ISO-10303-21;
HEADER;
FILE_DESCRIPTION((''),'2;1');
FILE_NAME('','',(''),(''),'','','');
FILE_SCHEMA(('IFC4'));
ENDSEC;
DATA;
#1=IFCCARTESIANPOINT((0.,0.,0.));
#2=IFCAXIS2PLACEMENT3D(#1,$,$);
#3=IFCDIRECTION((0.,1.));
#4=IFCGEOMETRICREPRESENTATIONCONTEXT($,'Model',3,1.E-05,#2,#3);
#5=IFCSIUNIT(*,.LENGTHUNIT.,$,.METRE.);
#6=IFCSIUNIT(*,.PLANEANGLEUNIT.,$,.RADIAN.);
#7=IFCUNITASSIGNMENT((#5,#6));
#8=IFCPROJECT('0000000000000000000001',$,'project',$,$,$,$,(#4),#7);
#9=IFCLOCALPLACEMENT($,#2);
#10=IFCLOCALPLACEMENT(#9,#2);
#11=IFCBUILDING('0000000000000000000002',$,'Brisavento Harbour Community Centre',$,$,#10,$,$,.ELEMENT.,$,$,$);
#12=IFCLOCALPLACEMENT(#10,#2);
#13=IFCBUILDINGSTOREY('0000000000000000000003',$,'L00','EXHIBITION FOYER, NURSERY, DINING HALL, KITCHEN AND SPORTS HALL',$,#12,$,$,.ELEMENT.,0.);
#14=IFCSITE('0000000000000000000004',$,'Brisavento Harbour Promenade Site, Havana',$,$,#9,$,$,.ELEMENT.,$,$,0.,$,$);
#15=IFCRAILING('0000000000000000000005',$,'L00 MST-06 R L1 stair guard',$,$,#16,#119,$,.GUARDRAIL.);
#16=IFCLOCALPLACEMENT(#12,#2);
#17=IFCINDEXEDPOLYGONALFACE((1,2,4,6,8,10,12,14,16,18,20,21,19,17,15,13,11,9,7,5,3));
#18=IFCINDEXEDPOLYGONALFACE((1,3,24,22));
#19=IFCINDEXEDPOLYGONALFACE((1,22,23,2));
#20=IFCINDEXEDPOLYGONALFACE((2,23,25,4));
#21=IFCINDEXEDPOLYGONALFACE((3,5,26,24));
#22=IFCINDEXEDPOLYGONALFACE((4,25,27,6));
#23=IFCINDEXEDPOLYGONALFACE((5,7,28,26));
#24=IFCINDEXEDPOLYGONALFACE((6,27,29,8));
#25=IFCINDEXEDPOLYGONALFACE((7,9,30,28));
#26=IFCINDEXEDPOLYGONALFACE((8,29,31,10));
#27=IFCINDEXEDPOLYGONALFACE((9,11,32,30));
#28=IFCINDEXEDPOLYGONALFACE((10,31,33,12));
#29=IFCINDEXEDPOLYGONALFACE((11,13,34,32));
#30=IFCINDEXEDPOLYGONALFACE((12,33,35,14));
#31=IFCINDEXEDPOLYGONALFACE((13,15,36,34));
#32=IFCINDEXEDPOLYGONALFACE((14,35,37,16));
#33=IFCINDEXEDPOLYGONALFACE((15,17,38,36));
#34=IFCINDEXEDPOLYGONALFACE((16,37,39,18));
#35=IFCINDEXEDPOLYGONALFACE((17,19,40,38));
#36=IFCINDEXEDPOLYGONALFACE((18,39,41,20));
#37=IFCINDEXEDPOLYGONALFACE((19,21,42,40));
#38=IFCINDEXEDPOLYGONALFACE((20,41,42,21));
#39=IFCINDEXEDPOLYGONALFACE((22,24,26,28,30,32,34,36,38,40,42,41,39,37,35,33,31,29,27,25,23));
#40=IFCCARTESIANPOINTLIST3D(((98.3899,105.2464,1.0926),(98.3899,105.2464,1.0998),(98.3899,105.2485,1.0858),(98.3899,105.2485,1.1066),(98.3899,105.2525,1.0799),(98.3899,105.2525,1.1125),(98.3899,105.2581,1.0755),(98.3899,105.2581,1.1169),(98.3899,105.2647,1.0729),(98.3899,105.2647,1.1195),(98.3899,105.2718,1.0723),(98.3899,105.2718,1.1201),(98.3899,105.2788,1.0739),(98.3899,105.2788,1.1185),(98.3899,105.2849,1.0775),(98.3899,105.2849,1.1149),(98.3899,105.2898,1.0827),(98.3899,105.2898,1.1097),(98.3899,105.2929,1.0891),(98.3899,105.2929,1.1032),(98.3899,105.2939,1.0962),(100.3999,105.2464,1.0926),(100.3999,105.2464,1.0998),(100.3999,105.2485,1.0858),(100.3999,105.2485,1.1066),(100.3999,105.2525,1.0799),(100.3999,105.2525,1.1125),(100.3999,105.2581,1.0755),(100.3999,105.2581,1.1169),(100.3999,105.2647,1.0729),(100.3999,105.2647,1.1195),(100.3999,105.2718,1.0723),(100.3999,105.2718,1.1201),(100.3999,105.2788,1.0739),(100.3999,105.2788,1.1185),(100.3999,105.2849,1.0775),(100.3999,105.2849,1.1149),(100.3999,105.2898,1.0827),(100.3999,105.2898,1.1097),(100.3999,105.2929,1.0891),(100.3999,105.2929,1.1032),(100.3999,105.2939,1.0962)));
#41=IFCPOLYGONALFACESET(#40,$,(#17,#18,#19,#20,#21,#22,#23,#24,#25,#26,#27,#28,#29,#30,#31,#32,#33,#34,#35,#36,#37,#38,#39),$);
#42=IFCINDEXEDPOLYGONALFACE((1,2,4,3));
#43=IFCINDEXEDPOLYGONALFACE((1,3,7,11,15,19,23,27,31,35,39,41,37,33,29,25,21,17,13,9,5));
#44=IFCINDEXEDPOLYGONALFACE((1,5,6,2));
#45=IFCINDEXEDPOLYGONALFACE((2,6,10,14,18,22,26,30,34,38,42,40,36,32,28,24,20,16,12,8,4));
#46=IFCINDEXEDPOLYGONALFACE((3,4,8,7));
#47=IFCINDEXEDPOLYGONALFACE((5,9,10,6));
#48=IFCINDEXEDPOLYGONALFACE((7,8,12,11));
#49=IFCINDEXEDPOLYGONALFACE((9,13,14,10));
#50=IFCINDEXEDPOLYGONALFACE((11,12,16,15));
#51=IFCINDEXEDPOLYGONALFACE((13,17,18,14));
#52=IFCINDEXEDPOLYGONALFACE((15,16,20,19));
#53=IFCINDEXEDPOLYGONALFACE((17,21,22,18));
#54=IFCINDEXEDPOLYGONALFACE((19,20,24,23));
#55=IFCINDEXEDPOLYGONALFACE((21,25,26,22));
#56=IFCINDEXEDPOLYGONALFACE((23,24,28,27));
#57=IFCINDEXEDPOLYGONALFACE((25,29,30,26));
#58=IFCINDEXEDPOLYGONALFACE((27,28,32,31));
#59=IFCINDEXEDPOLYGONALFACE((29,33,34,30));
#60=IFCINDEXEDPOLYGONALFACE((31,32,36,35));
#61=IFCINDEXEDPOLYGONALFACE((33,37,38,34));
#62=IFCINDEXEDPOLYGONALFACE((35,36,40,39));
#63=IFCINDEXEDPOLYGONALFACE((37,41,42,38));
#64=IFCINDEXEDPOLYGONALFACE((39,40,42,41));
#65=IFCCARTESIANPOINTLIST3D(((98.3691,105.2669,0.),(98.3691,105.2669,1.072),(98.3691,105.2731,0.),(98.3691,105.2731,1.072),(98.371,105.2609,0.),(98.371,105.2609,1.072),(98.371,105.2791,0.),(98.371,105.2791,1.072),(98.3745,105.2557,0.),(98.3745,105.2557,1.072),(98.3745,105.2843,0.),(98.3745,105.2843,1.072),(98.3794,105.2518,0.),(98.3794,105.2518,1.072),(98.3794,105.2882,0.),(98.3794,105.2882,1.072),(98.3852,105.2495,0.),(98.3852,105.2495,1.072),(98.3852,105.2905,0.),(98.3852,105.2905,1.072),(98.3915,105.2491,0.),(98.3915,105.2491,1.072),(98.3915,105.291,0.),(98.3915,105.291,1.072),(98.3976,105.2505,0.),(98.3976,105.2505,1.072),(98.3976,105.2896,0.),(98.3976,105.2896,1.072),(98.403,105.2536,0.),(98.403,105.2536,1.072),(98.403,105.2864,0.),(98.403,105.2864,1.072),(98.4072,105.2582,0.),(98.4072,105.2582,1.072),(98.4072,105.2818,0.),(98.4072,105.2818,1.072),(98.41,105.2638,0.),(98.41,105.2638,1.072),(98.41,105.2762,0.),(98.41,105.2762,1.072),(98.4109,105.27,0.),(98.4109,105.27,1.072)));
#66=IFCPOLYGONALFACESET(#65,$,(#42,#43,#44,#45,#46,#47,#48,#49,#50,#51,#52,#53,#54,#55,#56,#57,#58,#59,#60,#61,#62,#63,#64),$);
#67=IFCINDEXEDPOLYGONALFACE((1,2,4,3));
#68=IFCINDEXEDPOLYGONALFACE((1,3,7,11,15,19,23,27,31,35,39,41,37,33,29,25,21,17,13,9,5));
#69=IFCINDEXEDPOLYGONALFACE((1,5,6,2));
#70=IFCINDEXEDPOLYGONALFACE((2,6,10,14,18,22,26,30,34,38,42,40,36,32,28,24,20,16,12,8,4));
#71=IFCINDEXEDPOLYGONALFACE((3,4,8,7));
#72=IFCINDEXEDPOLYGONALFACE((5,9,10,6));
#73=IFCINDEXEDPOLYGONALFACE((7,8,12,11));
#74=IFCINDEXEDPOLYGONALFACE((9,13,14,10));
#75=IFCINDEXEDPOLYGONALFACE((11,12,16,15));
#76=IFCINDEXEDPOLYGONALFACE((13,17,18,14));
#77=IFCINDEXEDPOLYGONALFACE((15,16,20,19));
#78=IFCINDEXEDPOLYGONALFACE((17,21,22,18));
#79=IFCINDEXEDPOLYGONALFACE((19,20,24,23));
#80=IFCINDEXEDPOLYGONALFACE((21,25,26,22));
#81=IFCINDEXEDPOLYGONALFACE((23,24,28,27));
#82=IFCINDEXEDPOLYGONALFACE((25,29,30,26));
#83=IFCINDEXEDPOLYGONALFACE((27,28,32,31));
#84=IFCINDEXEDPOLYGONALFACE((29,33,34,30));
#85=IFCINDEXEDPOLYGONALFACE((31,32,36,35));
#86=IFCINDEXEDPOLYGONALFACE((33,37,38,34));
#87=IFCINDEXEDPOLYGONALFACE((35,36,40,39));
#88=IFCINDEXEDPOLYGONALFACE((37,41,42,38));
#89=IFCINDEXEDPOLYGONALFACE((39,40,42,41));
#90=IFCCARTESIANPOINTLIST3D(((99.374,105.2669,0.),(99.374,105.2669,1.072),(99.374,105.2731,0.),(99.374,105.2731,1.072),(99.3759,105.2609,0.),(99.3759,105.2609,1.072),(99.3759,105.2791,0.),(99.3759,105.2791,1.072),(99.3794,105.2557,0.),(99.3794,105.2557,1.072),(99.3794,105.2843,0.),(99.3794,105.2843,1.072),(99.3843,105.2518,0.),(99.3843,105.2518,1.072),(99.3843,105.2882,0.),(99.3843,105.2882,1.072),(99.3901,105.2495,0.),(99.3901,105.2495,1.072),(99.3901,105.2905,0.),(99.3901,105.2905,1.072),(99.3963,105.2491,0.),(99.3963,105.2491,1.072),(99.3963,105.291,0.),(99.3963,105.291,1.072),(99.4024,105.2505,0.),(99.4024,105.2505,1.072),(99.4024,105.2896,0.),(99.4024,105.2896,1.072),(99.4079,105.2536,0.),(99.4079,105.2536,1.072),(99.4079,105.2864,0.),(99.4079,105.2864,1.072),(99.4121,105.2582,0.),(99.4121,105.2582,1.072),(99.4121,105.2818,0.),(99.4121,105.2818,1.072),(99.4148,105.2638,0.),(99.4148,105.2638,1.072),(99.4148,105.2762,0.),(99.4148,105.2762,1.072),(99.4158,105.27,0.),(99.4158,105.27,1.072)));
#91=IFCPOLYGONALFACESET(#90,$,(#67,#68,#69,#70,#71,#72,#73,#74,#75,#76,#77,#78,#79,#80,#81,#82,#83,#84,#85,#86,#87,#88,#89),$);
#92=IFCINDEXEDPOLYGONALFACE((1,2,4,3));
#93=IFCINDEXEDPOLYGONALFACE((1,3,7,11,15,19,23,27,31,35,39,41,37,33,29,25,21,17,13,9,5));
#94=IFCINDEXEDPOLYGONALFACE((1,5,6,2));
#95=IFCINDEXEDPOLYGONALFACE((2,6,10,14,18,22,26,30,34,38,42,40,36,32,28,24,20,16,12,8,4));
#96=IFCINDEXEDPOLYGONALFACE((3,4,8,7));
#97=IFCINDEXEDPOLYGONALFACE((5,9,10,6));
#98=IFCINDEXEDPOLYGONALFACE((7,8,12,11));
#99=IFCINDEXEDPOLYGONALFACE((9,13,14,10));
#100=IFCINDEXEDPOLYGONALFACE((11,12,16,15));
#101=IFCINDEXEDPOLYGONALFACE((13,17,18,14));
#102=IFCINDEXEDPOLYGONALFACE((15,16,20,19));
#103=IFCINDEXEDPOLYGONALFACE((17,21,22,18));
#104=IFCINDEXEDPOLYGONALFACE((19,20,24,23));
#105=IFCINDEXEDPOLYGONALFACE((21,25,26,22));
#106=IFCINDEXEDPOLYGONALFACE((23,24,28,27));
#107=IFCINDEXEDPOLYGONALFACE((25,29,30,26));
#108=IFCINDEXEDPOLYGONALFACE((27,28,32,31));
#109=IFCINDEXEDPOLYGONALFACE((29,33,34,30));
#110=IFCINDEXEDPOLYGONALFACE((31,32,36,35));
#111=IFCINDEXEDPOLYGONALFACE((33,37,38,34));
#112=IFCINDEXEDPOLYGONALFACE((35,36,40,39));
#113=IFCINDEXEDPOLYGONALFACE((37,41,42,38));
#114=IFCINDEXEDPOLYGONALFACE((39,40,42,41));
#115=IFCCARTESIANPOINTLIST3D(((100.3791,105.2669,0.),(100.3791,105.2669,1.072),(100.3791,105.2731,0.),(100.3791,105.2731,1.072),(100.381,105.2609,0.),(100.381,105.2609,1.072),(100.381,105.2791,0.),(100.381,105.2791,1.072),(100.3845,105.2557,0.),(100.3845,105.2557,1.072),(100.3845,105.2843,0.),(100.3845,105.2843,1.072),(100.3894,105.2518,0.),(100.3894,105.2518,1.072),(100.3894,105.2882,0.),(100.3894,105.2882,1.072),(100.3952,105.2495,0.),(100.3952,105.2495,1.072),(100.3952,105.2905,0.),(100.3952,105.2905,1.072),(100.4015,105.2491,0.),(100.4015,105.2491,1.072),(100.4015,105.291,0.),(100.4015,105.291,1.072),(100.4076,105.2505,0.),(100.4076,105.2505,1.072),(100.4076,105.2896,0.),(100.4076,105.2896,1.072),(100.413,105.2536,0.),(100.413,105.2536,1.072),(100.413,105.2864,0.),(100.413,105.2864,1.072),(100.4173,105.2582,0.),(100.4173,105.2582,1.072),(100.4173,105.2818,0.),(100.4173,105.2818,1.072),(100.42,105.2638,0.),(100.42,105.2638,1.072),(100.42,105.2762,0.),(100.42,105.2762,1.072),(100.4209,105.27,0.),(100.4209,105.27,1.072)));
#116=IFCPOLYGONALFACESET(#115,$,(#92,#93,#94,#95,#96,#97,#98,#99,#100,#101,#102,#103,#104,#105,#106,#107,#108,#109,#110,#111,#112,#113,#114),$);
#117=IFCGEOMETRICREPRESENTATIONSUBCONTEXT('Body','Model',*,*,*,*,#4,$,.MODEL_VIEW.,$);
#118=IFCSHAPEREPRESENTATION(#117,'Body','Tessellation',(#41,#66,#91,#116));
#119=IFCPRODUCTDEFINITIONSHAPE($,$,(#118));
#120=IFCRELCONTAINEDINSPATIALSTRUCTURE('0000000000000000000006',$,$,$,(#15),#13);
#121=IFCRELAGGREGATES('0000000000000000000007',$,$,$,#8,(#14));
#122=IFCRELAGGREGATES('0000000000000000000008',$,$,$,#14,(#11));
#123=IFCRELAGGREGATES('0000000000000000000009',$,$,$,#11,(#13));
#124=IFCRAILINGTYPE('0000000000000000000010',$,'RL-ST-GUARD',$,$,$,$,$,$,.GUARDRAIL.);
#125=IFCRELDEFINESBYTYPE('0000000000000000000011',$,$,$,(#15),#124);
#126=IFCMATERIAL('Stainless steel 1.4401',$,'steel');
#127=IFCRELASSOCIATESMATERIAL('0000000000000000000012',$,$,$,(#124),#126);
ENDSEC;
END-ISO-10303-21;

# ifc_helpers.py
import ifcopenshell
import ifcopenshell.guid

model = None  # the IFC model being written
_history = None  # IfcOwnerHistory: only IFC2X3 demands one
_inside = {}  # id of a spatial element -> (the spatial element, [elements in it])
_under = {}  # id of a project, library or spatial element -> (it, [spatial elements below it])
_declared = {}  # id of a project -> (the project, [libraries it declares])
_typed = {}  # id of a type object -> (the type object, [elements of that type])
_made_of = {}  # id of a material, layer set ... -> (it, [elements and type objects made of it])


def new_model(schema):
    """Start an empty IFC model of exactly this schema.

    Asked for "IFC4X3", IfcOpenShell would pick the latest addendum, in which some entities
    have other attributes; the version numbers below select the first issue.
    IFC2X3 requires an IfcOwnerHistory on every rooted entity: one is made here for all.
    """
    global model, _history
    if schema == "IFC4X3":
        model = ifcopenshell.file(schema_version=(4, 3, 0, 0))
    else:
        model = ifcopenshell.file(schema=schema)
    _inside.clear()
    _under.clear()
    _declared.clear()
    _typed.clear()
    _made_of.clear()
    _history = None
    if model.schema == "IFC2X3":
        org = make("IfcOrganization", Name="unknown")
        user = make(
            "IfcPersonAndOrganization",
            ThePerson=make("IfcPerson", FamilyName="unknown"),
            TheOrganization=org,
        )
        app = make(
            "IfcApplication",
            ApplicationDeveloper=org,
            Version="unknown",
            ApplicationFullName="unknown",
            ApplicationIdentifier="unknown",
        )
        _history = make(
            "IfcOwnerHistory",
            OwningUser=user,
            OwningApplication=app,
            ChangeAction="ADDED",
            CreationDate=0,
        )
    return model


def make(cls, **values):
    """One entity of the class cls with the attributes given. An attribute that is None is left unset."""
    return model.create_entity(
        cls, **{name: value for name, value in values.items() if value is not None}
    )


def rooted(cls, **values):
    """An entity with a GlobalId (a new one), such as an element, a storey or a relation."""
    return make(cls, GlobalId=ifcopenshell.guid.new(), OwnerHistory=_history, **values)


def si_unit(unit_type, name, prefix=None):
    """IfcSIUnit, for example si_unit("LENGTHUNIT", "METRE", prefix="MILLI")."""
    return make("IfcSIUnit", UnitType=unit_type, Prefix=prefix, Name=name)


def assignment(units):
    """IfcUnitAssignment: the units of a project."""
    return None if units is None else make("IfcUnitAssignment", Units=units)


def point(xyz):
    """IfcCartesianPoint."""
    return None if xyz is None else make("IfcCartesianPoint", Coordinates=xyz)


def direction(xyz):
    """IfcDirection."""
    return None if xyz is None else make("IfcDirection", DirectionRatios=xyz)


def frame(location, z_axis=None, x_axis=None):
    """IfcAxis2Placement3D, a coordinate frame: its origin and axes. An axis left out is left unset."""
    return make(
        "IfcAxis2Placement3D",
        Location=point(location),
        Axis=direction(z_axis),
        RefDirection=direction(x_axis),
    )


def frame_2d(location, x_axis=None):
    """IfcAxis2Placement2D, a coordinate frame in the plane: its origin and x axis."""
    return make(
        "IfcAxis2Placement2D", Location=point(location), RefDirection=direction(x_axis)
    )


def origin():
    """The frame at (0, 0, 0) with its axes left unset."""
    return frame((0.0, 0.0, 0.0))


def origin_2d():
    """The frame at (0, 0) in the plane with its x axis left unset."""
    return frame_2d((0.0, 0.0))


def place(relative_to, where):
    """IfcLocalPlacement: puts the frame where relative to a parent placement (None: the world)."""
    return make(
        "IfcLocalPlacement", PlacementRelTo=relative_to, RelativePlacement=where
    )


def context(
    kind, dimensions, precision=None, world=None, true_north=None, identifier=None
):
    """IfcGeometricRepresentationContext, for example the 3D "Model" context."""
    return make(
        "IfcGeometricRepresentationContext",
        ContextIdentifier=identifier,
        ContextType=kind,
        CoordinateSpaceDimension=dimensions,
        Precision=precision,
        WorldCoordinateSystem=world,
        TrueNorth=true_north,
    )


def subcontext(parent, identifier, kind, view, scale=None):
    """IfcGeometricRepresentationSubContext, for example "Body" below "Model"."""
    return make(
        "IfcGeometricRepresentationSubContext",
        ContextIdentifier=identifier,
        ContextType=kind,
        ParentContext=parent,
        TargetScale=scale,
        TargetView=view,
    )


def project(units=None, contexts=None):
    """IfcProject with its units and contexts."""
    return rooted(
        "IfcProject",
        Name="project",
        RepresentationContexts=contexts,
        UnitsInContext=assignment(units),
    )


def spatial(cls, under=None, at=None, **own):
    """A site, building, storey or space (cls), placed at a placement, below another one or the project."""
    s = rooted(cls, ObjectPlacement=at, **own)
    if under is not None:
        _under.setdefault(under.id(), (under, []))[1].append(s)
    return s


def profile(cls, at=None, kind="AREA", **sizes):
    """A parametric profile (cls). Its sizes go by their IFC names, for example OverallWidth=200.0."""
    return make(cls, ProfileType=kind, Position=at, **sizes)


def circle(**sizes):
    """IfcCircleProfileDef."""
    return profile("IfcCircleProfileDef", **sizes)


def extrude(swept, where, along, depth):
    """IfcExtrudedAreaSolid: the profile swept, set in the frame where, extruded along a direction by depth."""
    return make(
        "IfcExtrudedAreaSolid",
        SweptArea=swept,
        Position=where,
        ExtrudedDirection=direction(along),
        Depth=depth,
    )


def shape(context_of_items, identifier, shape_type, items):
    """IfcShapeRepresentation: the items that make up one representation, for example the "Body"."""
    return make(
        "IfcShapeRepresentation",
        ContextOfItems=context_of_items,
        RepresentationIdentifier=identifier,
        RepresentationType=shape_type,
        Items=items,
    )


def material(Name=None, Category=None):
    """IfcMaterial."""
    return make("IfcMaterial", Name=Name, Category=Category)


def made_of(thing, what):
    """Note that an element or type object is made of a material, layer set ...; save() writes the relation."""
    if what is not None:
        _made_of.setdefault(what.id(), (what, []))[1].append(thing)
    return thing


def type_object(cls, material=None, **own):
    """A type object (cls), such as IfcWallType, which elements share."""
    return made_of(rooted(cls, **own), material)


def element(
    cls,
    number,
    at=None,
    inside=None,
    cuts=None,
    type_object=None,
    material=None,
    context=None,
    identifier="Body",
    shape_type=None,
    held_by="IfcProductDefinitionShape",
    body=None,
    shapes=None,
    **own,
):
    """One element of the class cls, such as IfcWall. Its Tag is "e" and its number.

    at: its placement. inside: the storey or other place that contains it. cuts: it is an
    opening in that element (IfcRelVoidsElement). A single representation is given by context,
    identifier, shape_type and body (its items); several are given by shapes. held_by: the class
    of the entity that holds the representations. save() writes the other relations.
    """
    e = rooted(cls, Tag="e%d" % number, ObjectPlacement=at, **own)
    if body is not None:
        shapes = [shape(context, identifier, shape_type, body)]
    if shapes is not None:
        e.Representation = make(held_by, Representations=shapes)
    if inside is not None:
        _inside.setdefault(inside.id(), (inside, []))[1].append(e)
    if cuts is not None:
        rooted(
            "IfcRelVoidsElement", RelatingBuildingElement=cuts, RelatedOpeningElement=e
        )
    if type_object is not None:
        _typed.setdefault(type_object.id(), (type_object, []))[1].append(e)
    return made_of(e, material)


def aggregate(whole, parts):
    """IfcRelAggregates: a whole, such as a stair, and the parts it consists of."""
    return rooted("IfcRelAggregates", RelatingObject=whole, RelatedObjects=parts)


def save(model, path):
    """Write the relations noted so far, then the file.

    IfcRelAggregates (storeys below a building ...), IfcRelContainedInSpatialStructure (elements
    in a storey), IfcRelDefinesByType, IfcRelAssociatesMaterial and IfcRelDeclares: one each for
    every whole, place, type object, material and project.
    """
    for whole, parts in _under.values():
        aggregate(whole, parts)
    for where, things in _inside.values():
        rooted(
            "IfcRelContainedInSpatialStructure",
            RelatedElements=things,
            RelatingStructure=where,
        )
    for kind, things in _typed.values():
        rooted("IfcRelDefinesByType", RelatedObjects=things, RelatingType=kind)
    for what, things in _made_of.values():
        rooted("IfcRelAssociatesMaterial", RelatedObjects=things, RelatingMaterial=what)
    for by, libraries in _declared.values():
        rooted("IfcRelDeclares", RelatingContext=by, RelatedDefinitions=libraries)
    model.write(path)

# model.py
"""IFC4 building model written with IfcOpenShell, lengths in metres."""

from ifc_helpers import new_model, si_unit, direction, frame, origin, origin_2d, place, context, subcontext, project, spatial, circle, extrude, material, type_object, element, save


model = new_model("IFC4")

# Units and contexts
model_context = context("Model", 3, precision=1e-05, world=origin(), true_north=direction((0.0, 1.0)))
body_context = subcontext(model_context, "Body", "Model", "MODEL_VIEW")
ifc_project = project(units=[si_unit("LENGTHUNIT", "METRE"), si_unit("PLANEANGLEUNIT", "RADIAN")], contexts=[model_context])

# Site, building, storey
site_placement = place(None, origin())
site = spatial("IfcSite", under=ifc_project, at=site_placement, Name="Brisavento Harbour Promenade Site, Havana", CompositionType="ELEMENT", RefElevation=0.0)
building_placement = place(site_placement, origin())
building = spatial("IfcBuilding", under=site, at=building_placement, Name="Brisavento Harbour Community Centre", CompositionType="ELEMENT")
storey_placement = place(building_placement, origin())
storey = spatial("IfcBuildingStorey", under=building, at=storey_placement, Name="L00", Description="EXHIBITION FOYER, NURSERY, DINING HALL, KITCHEN AND SPORTS HALL", CompositionType="ELEMENT", Elevation=0.0)

# Railing
ifc_material_1 = material(Name="Stainless steel 1.4401", Category="steel")
railing_type = type_object("IfcRailingType", Name="RL-ST-GUARD", PredefinedType="GUARDRAIL", material=ifc_material_1)
railing_1_placement = place(storey_placement, frame((98.3899, 105.27, 0.0)))
element("IfcRailing", 1, at=railing_1_placement, inside=storey, type_object=railing_type, Name="L00 MST-06 R L1 stair guard", PredefinedType="GUARDRAIL", context=body_context, shape_type="SweptSolid", body=[
    extrude(circle(Radius=0.0239, at=origin_2d()), frame((0.0, 0.0, 1.0962), z_axis=(1.0, 0.0, 0.0), x_axis=(0.0, 1.0, 0.0)), (0.0, 0.0, 1.0), 2.01),
    extrude(circle(Radius=0.021, at=origin_2d()), origin(), (0.0, 0.0, 1.0), 1.072),
    extrude(circle(Radius=0.021, at=origin_2d()), frame((1.0049, 0.0, 0.0)), (0.0, 0.0, 1.0), 1.072),
    extrude(circle(Radius=0.021, at=origin_2d()), frame((2.01, 0.0, 0.0)), (0.0, 0.0, 1.0), 1.072),
])

save(model, "model.ifc")
